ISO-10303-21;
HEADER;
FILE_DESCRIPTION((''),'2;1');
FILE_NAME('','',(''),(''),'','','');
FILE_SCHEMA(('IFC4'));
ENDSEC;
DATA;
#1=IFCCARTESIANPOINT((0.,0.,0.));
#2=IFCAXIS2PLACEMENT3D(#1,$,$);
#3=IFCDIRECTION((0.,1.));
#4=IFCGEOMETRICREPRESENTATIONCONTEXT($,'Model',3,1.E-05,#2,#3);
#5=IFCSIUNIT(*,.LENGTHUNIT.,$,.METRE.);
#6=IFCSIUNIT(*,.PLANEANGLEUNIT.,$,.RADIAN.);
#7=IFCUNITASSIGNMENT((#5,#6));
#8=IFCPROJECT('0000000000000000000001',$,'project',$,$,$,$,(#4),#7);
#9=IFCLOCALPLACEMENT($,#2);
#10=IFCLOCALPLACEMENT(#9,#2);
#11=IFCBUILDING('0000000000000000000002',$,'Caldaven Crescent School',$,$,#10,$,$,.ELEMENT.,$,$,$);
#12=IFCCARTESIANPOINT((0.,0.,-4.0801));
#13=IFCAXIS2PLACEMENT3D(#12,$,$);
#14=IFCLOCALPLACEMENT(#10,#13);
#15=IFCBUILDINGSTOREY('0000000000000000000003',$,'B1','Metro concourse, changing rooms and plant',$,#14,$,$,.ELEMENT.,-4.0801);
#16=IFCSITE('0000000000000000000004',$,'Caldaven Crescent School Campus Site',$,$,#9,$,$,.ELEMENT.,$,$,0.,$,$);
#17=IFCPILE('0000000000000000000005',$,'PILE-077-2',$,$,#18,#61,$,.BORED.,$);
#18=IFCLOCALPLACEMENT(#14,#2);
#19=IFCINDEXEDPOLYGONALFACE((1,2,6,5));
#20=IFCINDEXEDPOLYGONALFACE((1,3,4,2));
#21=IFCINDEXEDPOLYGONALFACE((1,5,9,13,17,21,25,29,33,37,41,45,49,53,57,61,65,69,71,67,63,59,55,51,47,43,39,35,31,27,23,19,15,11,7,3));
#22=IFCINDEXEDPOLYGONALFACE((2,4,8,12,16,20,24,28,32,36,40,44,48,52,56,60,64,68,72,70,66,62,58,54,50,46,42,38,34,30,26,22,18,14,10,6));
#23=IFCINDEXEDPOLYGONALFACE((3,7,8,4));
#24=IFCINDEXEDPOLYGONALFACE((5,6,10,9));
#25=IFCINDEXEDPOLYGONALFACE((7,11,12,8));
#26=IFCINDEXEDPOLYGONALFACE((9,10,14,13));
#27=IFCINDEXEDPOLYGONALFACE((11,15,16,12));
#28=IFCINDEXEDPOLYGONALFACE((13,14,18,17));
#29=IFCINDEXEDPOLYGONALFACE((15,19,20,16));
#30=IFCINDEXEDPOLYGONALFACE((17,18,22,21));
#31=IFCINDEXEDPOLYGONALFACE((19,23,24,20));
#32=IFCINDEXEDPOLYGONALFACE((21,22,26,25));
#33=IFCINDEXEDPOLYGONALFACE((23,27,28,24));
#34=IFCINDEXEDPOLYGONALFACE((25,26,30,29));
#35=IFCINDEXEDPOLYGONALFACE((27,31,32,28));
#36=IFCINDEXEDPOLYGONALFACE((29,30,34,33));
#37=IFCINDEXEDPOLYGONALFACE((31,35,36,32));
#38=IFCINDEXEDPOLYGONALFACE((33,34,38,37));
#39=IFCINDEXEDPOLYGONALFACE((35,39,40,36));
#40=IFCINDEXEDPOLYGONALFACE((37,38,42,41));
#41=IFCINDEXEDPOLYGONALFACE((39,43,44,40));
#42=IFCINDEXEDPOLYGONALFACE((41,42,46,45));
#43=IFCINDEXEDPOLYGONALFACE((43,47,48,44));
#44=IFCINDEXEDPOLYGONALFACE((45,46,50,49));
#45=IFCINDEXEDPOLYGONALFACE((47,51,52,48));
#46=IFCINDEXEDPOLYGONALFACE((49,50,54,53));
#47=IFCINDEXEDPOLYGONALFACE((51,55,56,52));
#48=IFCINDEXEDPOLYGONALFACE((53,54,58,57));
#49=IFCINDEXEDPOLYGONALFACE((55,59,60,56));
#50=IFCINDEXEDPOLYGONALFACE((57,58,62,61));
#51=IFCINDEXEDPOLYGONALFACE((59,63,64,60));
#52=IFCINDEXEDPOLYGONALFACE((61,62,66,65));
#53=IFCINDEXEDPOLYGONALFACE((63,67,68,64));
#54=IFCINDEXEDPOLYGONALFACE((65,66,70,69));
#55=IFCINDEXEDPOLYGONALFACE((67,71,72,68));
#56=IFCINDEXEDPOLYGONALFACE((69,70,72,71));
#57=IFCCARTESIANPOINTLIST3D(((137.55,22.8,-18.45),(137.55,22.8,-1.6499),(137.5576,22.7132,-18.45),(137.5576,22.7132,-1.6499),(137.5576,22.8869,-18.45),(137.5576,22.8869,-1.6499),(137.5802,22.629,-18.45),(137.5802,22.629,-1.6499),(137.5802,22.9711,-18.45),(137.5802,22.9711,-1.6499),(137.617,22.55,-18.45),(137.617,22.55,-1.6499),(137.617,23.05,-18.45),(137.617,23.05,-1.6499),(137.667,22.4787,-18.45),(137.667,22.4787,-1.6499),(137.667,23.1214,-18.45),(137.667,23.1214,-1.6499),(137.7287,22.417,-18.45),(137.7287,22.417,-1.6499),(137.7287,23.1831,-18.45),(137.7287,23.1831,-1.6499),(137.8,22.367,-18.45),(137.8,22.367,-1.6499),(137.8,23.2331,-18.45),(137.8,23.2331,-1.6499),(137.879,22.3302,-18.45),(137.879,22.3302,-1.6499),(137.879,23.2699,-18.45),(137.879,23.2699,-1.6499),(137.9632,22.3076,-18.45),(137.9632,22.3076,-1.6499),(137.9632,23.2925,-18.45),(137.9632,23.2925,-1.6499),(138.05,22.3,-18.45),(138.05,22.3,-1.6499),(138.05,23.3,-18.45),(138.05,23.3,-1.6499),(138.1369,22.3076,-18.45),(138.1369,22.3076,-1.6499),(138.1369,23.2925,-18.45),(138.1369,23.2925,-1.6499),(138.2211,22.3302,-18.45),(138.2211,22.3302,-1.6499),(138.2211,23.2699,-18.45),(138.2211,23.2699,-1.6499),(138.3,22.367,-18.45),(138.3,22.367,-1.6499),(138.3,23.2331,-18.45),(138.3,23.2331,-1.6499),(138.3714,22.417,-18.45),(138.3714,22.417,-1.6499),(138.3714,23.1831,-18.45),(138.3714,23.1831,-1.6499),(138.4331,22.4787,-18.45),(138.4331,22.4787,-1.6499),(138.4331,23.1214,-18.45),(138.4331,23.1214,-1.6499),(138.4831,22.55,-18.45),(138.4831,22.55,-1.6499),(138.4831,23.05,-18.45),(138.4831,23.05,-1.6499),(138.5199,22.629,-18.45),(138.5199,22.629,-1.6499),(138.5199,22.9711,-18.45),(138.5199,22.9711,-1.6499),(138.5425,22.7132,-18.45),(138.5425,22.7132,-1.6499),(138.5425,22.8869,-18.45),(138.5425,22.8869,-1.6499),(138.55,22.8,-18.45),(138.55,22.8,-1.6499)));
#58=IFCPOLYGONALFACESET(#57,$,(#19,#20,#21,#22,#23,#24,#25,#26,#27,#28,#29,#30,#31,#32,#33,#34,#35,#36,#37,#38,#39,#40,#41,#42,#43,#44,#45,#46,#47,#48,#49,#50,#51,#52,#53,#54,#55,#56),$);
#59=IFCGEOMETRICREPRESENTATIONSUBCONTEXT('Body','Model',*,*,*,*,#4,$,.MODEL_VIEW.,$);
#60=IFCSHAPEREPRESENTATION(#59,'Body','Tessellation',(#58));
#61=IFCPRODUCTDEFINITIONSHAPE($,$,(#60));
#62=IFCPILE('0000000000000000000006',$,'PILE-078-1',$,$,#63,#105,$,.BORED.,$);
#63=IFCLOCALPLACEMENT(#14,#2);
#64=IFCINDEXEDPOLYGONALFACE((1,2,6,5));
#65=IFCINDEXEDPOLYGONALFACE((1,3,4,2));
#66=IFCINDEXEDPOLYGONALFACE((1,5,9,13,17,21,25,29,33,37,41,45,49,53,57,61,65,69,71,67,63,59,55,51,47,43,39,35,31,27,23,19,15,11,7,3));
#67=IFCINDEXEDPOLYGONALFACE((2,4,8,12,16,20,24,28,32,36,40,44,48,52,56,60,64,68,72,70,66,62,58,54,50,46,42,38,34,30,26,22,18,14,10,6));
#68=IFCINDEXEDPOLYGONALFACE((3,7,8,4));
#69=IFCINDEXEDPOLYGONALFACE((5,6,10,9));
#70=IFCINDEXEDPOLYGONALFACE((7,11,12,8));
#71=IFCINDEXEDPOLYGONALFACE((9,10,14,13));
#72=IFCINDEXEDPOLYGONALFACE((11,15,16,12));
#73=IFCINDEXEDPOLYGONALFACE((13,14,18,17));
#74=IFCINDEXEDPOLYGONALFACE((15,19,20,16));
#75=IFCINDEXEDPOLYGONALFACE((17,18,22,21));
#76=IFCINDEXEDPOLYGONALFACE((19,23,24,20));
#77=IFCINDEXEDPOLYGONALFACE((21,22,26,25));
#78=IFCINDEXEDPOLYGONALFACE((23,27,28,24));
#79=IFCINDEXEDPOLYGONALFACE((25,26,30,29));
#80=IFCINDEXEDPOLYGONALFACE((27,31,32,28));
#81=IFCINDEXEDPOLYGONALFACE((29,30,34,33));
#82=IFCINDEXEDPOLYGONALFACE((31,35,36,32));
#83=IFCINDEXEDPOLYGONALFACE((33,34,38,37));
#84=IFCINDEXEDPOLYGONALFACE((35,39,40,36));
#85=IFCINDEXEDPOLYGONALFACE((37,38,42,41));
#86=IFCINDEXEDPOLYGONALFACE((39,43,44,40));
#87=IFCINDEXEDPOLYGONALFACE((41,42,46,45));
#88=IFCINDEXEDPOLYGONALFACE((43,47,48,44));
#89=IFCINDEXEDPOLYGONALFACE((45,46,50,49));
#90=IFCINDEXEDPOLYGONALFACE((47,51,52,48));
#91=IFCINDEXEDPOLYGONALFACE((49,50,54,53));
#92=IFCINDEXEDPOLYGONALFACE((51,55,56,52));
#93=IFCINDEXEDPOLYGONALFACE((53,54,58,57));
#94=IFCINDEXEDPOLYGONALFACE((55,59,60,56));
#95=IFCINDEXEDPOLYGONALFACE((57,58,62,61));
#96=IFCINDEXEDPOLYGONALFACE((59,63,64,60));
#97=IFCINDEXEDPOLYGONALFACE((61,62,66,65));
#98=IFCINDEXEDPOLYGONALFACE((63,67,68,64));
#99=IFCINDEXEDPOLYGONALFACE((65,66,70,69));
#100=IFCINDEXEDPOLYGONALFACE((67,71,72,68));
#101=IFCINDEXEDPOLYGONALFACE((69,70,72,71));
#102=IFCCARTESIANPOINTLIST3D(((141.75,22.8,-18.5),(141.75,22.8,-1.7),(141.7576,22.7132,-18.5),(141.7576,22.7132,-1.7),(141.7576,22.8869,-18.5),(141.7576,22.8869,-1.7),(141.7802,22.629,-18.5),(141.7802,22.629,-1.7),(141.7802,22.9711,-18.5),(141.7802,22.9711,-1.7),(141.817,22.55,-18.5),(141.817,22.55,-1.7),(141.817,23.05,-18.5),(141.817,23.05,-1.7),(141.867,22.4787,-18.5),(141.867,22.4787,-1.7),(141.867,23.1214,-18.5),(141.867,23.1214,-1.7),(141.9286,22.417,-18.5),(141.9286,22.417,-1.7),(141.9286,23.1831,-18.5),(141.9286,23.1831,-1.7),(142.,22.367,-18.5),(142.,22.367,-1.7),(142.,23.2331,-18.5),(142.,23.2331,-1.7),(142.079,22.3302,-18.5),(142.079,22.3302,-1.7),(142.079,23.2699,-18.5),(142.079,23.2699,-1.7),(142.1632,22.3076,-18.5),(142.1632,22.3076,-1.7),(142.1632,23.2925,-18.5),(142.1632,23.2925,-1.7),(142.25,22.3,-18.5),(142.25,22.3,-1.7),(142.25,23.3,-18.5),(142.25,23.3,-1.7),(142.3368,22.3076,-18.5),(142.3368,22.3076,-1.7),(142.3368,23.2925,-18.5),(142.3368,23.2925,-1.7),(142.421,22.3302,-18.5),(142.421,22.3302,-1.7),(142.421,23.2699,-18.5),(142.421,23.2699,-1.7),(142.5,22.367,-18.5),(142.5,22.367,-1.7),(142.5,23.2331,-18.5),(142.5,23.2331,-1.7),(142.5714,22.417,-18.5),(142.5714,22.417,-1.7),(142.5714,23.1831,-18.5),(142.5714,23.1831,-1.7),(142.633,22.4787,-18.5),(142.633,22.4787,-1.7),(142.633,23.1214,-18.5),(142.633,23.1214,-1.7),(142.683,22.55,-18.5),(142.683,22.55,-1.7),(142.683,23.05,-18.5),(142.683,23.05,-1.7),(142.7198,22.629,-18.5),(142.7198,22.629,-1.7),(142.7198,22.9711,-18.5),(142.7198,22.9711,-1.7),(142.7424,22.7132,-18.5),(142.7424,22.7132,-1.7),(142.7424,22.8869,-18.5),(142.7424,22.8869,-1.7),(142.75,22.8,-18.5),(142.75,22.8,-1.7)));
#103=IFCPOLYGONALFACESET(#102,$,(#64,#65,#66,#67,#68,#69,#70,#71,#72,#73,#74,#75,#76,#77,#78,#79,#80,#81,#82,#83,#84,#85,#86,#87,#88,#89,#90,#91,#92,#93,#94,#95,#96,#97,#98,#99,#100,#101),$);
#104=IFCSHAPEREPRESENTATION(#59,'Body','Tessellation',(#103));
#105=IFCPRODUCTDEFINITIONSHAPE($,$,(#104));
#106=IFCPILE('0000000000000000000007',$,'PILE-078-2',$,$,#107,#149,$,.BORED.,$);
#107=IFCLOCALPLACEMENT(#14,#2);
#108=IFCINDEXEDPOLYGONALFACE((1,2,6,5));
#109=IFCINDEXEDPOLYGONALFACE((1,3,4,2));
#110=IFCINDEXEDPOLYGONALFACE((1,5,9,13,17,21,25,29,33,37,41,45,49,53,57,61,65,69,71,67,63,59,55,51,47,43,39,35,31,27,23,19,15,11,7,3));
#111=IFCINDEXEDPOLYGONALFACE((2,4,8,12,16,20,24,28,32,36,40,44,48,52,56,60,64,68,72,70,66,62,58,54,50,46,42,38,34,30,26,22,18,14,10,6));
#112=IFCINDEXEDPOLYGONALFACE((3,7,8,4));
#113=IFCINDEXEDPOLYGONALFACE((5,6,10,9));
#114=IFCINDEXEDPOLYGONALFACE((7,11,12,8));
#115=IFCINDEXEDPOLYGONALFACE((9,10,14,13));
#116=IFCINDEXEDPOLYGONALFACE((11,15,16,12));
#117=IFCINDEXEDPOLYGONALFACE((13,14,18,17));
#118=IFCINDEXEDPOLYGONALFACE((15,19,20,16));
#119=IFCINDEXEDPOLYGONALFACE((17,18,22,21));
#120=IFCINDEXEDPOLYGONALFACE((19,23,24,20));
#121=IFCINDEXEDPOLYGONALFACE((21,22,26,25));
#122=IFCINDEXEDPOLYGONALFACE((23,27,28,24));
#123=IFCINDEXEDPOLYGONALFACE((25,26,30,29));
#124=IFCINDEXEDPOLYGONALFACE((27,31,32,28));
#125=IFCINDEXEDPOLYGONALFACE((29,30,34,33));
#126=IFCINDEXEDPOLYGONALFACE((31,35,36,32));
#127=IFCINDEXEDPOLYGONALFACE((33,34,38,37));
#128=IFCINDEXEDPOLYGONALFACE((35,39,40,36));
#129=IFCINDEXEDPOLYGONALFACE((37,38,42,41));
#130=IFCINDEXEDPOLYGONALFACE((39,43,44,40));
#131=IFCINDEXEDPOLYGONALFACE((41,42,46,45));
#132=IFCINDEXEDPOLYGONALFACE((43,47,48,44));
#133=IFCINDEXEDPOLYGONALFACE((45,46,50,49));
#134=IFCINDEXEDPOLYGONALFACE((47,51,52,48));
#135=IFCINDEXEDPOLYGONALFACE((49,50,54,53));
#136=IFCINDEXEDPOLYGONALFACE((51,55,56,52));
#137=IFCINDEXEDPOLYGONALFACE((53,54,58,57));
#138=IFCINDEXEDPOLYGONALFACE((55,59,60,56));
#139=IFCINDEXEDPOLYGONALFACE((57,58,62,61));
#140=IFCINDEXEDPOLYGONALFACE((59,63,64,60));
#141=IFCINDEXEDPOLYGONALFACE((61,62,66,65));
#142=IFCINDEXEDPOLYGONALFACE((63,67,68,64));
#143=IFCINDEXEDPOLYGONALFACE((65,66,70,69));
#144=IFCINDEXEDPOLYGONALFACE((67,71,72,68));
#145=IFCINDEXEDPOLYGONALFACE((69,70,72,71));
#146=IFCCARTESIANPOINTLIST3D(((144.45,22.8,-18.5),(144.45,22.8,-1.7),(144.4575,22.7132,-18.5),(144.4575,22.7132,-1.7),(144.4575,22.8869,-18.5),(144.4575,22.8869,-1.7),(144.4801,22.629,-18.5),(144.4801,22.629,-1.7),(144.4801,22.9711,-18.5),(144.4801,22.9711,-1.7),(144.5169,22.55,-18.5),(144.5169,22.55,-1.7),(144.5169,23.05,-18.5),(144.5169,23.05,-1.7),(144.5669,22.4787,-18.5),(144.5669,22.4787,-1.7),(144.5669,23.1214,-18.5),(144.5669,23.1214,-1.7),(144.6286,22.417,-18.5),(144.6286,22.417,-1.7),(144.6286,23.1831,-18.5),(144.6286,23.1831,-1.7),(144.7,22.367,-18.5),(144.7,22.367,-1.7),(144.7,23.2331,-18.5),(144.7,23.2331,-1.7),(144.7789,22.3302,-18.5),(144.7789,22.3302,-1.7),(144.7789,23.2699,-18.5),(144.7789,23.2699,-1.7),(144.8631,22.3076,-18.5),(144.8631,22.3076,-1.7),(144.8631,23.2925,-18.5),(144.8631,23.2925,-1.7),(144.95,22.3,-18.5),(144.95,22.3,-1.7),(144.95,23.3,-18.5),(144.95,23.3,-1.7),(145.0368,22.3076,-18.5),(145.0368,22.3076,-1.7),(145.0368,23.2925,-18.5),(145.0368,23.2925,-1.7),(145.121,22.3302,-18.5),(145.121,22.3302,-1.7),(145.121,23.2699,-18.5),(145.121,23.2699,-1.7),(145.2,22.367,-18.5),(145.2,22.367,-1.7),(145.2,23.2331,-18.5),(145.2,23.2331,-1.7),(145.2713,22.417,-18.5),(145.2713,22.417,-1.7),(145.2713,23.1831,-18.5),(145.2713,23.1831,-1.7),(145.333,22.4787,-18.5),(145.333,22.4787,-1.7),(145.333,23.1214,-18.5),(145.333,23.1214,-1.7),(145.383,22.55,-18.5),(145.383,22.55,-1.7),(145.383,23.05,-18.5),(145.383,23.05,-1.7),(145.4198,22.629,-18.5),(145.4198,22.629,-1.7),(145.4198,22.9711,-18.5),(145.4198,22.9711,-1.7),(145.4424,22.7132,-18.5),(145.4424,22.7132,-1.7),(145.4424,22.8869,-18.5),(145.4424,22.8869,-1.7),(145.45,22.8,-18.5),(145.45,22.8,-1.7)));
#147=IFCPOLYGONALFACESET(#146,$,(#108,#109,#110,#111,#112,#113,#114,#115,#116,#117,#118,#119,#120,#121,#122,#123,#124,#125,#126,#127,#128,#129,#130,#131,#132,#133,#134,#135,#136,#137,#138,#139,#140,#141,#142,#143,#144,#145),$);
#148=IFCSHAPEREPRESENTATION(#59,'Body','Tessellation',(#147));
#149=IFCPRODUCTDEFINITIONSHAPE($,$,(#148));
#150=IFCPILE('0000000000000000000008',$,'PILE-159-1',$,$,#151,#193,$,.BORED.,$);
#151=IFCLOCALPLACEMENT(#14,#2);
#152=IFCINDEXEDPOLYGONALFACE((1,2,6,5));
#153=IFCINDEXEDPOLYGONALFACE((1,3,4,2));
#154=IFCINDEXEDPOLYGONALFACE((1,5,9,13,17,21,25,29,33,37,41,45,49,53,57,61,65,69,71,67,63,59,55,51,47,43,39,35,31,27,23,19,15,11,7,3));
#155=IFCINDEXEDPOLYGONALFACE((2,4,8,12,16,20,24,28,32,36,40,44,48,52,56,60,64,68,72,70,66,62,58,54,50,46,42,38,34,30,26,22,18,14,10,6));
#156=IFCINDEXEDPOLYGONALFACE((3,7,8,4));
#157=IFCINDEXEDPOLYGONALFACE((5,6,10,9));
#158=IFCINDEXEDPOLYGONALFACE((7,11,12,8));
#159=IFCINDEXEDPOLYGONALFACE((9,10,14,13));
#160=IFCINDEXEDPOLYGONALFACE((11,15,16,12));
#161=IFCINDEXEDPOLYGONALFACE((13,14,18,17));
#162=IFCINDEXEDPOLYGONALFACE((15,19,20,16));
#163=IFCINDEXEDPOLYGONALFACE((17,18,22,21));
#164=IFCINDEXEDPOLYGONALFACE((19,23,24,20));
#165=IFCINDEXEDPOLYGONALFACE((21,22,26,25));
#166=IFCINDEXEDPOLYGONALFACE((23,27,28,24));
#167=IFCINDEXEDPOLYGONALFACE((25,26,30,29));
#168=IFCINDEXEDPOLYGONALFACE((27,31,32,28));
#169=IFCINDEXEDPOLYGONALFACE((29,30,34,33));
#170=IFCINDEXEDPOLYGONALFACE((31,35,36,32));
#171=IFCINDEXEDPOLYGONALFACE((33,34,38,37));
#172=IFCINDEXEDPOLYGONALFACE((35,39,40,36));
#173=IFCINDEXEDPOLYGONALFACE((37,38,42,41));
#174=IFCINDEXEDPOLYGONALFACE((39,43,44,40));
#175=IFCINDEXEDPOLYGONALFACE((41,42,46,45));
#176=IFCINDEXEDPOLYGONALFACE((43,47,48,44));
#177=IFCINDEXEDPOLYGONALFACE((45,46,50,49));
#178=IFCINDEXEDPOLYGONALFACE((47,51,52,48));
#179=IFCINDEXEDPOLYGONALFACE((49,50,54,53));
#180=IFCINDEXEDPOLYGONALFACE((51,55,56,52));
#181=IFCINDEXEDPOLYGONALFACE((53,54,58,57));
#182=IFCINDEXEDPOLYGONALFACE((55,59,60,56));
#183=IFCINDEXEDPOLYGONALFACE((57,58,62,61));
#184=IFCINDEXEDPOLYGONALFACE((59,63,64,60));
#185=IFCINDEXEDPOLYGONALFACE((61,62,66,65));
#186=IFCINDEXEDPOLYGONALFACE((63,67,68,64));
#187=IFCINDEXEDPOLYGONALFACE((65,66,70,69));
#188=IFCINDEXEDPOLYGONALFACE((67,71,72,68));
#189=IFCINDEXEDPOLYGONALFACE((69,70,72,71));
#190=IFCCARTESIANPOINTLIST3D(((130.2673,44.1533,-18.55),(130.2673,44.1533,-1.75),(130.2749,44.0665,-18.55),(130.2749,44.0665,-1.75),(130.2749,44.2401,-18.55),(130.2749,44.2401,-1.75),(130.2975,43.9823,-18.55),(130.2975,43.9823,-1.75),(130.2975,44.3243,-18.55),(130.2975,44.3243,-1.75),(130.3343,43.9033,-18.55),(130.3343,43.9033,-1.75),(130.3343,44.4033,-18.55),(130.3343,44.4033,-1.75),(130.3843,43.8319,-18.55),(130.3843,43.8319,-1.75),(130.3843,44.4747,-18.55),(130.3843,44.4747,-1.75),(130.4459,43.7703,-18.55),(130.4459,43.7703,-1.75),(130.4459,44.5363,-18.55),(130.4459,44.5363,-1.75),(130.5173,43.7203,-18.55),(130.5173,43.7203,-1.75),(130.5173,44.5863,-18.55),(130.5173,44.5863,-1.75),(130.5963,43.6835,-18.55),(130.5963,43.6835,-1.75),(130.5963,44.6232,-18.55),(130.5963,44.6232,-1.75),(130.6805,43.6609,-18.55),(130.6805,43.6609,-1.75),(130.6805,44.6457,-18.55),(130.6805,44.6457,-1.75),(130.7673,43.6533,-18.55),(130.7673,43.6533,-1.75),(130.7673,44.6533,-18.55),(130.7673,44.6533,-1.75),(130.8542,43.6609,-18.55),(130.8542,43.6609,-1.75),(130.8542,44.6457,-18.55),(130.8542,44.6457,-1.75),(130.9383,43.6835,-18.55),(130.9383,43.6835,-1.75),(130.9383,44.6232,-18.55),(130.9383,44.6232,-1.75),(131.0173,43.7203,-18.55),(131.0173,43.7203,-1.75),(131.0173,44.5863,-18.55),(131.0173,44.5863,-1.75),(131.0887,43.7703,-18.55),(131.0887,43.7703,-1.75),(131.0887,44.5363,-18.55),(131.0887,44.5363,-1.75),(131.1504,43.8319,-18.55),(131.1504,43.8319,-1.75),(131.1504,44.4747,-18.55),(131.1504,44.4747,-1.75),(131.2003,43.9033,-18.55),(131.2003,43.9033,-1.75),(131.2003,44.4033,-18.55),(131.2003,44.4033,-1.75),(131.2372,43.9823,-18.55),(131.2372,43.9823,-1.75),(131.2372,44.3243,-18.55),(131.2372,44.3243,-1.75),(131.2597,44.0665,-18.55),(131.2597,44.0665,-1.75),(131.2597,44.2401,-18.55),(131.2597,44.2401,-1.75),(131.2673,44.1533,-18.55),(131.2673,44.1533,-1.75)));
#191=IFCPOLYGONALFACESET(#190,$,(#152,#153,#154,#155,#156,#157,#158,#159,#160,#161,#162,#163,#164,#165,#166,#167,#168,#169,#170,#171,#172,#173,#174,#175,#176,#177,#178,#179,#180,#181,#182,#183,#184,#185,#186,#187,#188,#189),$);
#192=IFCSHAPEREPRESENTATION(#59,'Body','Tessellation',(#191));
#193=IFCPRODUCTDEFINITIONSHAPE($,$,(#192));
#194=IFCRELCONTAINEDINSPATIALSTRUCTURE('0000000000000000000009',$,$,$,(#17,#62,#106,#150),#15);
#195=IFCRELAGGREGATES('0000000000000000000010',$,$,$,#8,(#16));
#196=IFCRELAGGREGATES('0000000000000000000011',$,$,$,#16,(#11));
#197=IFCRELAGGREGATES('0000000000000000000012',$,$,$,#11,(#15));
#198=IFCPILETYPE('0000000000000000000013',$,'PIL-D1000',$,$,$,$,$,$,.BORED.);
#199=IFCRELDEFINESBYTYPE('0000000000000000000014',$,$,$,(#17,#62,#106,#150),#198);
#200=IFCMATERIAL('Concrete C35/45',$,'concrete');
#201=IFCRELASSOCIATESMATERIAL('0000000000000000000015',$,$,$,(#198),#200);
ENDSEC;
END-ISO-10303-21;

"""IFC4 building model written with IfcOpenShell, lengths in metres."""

from ifc_helpers import new_model, si_unit, direction, frame, origin, origin_2d, place, context, subcontext, project, spatial, circle, extrude, material, material_profile, profile_set, type_object, element, save


model = new_model("IFC4")

# Units and contexts
model_context = context("Model", 3, precision=1e-05, world=origin(), true_north=direction((0.0, 1.0)))
body_context = subcontext(model_context, "Body", "Model", "MODEL_VIEW")
ifc_project = project(units=[si_unit("LENGTHUNIT", "METRE"), si_unit("PLANEANGLEUNIT", "RADIAN")], contexts=[model_context])

# Site, building, storey
site_placement = place(None, origin())
site = spatial("IfcSite", under=ifc_project, at=site_placement, Name="Caldaven Crescent School Campus Site", CompositionType="ELEMENT", RefElevation=0.0)
building_placement = place(site_placement, origin())
building = spatial("IfcBuilding", under=site, at=building_placement, Name="Caldaven Crescent School", CompositionType="ELEMENT")
storey_placement = place(building_placement, frame((0.0, 0.0, -4.0801)))
storey = spatial("IfcBuildingStorey", under=building, at=storey_placement, Name="B1", Description="Metro concourse, changing rooms and plant", CompositionType="ELEMENT", Elevation=-4.0801)

# Shared definitions
ifc_material_1 = material(Name="Concrete C35/45", Category="concrete")

# Piles
ifc_material_profile_1 = material_profile(ifc_material_1, circle(Radius=0.5, at=origin_2d()), Name="PILE D1000")
ifc_profile_set_1 = profile_set([ifc_material_profile_1], Name="Concrete C35/45")
pile_type_1 = type_object("IfcPileType", Name="PIL-D1000", PredefinedType="BORED", material=ifc_profile_set_1)
for number, where, z_axis, x_axis, name in (
    (1, (138.05, 22.8, -1.6499), (0.0, 0.0, -1.0), (1.0, 0.0, 0.0), "PILE-077-2"),
    (2, (142.25, 22.8, -1.7), (0.0, 0.0, -1.0), (1.0, 0.0, 0.0), "PILE-078-1"),
    (3, (144.95, 22.8, -1.7), (0.0, 0.0, -1.0), (1.0, 0.0, 0.0), "PILE-078-2"),
    (4, (130.7673, 44.1533, -1.75), (0.0, 0.0, -1.0), (1.0, 0.0, 0.0), "PILE-159-1"),
):
    element("IfcPile", number, at=place(storey_placement, frame(where, z_axis=z_axis, x_axis=x_axis)), inside=storey, type_object=pile_type_1, Name=name, PredefinedType="BORED", context=body_context, shape_type="SweptSolid", body=[
        extrude(circle(Radius=0.5, at=origin_2d()), origin(), (0.0, 0.0, 1.0), 16.8),
    ])

save(model, "model.ifc")
